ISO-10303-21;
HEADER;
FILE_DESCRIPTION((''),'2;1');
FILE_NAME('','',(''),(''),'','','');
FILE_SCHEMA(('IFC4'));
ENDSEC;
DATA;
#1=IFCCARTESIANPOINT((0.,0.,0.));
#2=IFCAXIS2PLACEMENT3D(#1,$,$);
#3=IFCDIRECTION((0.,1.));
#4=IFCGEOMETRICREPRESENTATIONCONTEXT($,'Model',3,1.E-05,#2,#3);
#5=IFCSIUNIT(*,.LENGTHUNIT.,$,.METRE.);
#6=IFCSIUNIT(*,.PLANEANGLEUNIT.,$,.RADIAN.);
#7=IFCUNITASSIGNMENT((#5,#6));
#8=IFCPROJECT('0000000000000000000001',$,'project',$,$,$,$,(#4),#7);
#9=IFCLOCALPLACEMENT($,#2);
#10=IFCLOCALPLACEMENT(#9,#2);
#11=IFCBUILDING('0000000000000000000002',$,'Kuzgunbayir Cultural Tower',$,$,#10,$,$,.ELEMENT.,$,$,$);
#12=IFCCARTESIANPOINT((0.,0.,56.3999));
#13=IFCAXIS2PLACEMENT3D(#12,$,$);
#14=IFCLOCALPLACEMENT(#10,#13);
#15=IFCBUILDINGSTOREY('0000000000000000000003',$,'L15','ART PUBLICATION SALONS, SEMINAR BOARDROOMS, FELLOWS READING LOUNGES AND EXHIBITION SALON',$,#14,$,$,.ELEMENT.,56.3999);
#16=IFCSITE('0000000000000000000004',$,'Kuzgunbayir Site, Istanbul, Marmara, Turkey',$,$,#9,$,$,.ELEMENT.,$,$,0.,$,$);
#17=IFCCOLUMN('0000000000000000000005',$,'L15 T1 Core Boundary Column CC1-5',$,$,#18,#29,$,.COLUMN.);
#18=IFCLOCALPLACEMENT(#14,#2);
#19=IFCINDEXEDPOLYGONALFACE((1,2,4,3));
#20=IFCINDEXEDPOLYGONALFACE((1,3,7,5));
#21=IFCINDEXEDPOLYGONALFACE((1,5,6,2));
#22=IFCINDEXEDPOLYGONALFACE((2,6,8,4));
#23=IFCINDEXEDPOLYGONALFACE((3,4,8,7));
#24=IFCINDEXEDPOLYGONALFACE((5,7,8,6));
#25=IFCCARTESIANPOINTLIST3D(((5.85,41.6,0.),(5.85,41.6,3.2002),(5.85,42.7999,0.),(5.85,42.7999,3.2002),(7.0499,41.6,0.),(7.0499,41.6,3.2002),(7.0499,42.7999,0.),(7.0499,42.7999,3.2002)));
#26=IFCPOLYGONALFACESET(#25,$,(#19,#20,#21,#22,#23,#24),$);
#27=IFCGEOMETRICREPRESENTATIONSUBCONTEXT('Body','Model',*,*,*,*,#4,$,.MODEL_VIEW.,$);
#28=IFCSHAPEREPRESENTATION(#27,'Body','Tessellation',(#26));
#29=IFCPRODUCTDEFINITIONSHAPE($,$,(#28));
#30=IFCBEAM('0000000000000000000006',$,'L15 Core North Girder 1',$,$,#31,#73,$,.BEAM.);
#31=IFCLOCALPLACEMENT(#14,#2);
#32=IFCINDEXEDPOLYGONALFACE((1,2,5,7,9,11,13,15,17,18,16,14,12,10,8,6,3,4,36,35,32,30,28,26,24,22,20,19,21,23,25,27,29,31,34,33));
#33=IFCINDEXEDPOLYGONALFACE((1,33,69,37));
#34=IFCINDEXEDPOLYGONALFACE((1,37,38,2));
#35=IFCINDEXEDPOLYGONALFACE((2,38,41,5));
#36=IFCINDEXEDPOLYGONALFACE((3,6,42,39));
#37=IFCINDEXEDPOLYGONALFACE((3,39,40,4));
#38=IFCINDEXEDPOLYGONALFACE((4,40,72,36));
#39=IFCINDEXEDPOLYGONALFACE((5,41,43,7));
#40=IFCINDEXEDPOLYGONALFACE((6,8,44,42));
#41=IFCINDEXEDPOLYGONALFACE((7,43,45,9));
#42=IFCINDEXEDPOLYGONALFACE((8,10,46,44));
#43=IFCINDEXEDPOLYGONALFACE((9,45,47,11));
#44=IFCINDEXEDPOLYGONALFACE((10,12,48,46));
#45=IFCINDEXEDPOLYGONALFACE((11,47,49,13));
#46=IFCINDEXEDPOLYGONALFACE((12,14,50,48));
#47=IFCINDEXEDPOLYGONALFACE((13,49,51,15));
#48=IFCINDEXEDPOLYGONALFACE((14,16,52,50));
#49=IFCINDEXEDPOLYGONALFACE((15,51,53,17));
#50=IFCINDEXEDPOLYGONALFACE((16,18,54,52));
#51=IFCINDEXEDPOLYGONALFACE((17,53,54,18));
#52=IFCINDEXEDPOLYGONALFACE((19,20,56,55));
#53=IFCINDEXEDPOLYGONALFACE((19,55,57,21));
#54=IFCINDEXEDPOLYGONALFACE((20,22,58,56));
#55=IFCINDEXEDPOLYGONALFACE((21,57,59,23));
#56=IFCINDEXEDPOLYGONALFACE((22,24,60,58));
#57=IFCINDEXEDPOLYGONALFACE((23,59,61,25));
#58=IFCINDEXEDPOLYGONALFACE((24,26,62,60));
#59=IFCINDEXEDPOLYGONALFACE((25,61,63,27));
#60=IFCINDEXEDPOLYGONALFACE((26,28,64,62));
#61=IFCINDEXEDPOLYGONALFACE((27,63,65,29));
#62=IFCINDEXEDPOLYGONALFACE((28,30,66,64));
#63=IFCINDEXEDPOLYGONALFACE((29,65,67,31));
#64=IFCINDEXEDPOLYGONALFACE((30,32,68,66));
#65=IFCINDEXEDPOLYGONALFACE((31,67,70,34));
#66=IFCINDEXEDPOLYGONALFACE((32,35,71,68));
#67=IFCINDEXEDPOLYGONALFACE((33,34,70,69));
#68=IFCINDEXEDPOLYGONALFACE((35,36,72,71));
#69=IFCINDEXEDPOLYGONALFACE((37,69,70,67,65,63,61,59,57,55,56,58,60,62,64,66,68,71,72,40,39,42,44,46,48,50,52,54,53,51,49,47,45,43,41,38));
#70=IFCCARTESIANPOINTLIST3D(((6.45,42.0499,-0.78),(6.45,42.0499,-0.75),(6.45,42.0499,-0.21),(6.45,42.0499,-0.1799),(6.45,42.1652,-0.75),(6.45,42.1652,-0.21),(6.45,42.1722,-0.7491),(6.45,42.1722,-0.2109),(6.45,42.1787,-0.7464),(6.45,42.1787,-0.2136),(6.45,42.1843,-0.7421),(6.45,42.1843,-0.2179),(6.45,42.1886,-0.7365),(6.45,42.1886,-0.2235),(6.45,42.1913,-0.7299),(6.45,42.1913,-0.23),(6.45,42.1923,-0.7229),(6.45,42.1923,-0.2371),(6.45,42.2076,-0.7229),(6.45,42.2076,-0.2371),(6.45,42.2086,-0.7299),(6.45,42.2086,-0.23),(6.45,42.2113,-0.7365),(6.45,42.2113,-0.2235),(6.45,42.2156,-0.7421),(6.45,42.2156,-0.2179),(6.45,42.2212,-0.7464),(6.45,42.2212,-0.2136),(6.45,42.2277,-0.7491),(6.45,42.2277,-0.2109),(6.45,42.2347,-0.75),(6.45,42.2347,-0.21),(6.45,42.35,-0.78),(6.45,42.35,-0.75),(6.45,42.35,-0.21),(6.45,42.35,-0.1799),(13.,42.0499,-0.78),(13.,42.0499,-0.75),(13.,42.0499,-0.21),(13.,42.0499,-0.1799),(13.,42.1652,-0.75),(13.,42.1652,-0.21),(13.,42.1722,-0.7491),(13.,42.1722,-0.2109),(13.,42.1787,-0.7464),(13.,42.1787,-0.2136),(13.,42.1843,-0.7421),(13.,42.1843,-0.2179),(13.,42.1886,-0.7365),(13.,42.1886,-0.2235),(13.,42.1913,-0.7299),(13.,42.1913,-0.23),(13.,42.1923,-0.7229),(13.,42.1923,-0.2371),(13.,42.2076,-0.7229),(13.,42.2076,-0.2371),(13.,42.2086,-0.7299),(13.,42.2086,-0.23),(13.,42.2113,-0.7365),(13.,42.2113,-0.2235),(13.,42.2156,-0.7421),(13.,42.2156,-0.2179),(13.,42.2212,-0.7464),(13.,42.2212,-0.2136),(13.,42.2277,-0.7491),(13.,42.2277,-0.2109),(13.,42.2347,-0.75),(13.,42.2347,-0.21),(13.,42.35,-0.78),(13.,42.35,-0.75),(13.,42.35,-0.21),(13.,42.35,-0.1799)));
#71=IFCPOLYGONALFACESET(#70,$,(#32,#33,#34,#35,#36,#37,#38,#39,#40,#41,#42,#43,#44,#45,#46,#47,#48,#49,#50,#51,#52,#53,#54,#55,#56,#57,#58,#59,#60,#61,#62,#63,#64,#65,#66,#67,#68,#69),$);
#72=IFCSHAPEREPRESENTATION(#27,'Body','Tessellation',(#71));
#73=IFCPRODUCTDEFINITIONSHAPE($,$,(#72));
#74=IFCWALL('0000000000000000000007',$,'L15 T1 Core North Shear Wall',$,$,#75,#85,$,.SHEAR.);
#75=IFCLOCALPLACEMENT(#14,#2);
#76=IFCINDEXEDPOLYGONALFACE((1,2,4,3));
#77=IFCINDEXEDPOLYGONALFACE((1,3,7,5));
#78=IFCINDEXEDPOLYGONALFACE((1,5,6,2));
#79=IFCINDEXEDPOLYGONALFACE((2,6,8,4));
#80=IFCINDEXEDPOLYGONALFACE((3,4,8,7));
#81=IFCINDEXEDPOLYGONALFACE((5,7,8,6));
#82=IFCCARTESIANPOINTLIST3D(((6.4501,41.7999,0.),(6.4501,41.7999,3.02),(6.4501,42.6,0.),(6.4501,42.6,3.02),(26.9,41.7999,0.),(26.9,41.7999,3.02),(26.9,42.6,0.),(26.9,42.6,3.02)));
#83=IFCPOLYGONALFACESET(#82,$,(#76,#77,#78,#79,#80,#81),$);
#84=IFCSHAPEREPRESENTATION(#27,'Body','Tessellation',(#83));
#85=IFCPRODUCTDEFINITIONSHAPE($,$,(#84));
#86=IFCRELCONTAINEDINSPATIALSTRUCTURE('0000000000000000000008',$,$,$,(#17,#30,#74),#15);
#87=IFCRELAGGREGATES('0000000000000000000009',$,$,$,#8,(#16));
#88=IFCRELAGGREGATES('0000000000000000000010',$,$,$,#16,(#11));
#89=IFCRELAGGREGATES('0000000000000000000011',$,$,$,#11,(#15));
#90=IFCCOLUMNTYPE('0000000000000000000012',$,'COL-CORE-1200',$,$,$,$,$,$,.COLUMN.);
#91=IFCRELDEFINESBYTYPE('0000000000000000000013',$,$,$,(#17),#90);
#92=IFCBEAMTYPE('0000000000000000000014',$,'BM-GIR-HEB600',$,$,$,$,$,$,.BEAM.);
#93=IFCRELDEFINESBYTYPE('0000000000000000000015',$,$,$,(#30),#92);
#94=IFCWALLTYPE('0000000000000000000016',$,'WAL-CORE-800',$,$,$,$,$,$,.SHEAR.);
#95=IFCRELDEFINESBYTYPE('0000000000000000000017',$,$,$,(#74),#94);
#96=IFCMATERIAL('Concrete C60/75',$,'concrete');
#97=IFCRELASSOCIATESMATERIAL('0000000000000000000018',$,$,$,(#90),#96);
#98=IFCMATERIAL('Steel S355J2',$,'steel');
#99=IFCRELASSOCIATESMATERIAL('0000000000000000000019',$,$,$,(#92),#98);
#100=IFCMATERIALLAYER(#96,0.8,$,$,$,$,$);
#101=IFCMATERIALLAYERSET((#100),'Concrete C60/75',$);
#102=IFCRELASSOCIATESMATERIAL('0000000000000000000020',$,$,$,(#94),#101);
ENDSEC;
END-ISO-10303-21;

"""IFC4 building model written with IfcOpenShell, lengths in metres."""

from ifc_helpers import new_model, si_unit, direction, frame, frame_2d, origin, origin_2d, place, context, subcontext, project, spatial, rectangle, i_section, extrude, material, layer, layer_set, material_profile, profile_set, type_object, element, save


model = new_model("IFC4")

# Units and contexts
model_context = context("Model", 3, precision=1e-05, world=origin(), true_north=direction((0.0, 1.0)))
body_context = subcontext(model_context, "Body", "Model", "MODEL_VIEW")
ifc_project = project(units=[si_unit("LENGTHUNIT", "METRE"), si_unit("PLANEANGLEUNIT", "RADIAN")], contexts=[model_context])

# Site, building, storey
site_placement = place(None, origin())
site = spatial("IfcSite", under=ifc_project, at=site_placement, Name="Kuzgunbayir Site, Istanbul, Marmara, Turkey", CompositionType="ELEMENT", RefElevation=0.0)
building_placement = place(site_placement, origin())
building = spatial("IfcBuilding", under=site, at=building_placement, Name="Kuzgunbayir Cultural Tower", CompositionType="ELEMENT")
storey_placement = place(building_placement, frame((0.0, 0.0, 56.3999)))
storey = spatial("IfcBuildingStorey", under=building, at=storey_placement, Name="L15", Description="ART PUBLICATION SALONS, SEMINAR BOARDROOMS, FELLOWS READING LOUNGES AND EXHIBITION SALON", CompositionType="ELEMENT", Elevation=56.3999)

# Column
ifc_material_1 = material(Name="Concrete C60/75", Category="concrete")
ifc_material_profile_1 = material_profile(ifc_material_1, rectangle(XDim=1.2, YDim=1.2, at=origin_2d()), Name="RC 1200x1200")
ifc_profile_set_1 = profile_set([ifc_material_profile_1], Name="Concrete C60/75")
column_type = type_object("IfcColumnType", Name="COL-CORE-1200", PredefinedType="COLUMN", material=ifc_profile_set_1)
column_placement = place(storey_placement, frame((6.45, 42.2, 0.0), z_axis=(0.0, 0.0, 1.0), x_axis=(1.0, 0.0, 0.0)))
element("IfcColumn", 1, at=column_placement, inside=storey, type_object=column_type, Name="L15 T1 Core Boundary Column CC1-5", PredefinedType="COLUMN", context=body_context, shape_type="SweptSolid", body=[
    extrude(rectangle(XDim=1.2, YDim=1.2, at=origin_2d()), origin(), (0.0, 0.0, 1.0), 3.2002),
])

# Beam
ifc_material_2 = material(Name="Steel S355J2", Category="steel")
ifc_material_profile_2 = material_profile(ifc_material_2, i_section(OverallWidth=0.3, OverallDepth=0.6001, WebThickness=0.0154, FlangeThickness=0.03, FilletRadius=0.0271, at=origin_2d()), Name="HEB 600")
ifc_profile_set_2 = profile_set([ifc_material_profile_2], Name="Steel S355J2")
beam_type = type_object("IfcBeamType", Name="BM-GIR-HEB600", PredefinedType="BEAM", material=ifc_profile_set_2)
beam_placement = place(storey_placement, frame((6.45, 42.2, -0.48), z_axis=(1.0, 0.0, 0.0), x_axis=(0.0, 1.0, 0.0)))
element("IfcBeam", 2, at=beam_placement, inside=storey, type_object=beam_type, Name="L15 Core North Girder 1", PredefinedType="BEAM", context=body_context, shape_type="SweptSolid", body=[
    extrude(i_section(OverallWidth=0.3, OverallDepth=0.6001, WebThickness=0.0154, FlangeThickness=0.03, FilletRadius=0.0271, at=origin_2d()), origin(), (0.0, 0.0, 1.0), 6.55),
])

# Wall
ifc_layer_1 = layer(ifc_material_1, 0.8)
ifc_layer_set_1 = layer_set([ifc_layer_1], Name="Concrete C60/75")
wall_type_1 = type_object("IfcWallType", Name="WAL-CORE-800", PredefinedType="SHEAR", material=ifc_layer_set_1)
wall_1_placement = place(storey_placement, frame((6.45, 42.2, 0.0), z_axis=(0.0, 0.0, 1.0), x_axis=(1.0, 0.0, 0.0)))
element("IfcWall", 3, at=wall_1_placement, inside=storey, type_object=wall_type_1, Name="L15 T1 Core North Shear Wall", PredefinedType="SHEAR", context=body_context, shape_type="SweptSolid", body=[
    extrude(rectangle(XDim=20.45, YDim=0.8, at=frame_2d((10.2251, 0.0))), origin(), (0.0, 0.0, 1.0), 3.02),
])

save(model, "model.ifc")
